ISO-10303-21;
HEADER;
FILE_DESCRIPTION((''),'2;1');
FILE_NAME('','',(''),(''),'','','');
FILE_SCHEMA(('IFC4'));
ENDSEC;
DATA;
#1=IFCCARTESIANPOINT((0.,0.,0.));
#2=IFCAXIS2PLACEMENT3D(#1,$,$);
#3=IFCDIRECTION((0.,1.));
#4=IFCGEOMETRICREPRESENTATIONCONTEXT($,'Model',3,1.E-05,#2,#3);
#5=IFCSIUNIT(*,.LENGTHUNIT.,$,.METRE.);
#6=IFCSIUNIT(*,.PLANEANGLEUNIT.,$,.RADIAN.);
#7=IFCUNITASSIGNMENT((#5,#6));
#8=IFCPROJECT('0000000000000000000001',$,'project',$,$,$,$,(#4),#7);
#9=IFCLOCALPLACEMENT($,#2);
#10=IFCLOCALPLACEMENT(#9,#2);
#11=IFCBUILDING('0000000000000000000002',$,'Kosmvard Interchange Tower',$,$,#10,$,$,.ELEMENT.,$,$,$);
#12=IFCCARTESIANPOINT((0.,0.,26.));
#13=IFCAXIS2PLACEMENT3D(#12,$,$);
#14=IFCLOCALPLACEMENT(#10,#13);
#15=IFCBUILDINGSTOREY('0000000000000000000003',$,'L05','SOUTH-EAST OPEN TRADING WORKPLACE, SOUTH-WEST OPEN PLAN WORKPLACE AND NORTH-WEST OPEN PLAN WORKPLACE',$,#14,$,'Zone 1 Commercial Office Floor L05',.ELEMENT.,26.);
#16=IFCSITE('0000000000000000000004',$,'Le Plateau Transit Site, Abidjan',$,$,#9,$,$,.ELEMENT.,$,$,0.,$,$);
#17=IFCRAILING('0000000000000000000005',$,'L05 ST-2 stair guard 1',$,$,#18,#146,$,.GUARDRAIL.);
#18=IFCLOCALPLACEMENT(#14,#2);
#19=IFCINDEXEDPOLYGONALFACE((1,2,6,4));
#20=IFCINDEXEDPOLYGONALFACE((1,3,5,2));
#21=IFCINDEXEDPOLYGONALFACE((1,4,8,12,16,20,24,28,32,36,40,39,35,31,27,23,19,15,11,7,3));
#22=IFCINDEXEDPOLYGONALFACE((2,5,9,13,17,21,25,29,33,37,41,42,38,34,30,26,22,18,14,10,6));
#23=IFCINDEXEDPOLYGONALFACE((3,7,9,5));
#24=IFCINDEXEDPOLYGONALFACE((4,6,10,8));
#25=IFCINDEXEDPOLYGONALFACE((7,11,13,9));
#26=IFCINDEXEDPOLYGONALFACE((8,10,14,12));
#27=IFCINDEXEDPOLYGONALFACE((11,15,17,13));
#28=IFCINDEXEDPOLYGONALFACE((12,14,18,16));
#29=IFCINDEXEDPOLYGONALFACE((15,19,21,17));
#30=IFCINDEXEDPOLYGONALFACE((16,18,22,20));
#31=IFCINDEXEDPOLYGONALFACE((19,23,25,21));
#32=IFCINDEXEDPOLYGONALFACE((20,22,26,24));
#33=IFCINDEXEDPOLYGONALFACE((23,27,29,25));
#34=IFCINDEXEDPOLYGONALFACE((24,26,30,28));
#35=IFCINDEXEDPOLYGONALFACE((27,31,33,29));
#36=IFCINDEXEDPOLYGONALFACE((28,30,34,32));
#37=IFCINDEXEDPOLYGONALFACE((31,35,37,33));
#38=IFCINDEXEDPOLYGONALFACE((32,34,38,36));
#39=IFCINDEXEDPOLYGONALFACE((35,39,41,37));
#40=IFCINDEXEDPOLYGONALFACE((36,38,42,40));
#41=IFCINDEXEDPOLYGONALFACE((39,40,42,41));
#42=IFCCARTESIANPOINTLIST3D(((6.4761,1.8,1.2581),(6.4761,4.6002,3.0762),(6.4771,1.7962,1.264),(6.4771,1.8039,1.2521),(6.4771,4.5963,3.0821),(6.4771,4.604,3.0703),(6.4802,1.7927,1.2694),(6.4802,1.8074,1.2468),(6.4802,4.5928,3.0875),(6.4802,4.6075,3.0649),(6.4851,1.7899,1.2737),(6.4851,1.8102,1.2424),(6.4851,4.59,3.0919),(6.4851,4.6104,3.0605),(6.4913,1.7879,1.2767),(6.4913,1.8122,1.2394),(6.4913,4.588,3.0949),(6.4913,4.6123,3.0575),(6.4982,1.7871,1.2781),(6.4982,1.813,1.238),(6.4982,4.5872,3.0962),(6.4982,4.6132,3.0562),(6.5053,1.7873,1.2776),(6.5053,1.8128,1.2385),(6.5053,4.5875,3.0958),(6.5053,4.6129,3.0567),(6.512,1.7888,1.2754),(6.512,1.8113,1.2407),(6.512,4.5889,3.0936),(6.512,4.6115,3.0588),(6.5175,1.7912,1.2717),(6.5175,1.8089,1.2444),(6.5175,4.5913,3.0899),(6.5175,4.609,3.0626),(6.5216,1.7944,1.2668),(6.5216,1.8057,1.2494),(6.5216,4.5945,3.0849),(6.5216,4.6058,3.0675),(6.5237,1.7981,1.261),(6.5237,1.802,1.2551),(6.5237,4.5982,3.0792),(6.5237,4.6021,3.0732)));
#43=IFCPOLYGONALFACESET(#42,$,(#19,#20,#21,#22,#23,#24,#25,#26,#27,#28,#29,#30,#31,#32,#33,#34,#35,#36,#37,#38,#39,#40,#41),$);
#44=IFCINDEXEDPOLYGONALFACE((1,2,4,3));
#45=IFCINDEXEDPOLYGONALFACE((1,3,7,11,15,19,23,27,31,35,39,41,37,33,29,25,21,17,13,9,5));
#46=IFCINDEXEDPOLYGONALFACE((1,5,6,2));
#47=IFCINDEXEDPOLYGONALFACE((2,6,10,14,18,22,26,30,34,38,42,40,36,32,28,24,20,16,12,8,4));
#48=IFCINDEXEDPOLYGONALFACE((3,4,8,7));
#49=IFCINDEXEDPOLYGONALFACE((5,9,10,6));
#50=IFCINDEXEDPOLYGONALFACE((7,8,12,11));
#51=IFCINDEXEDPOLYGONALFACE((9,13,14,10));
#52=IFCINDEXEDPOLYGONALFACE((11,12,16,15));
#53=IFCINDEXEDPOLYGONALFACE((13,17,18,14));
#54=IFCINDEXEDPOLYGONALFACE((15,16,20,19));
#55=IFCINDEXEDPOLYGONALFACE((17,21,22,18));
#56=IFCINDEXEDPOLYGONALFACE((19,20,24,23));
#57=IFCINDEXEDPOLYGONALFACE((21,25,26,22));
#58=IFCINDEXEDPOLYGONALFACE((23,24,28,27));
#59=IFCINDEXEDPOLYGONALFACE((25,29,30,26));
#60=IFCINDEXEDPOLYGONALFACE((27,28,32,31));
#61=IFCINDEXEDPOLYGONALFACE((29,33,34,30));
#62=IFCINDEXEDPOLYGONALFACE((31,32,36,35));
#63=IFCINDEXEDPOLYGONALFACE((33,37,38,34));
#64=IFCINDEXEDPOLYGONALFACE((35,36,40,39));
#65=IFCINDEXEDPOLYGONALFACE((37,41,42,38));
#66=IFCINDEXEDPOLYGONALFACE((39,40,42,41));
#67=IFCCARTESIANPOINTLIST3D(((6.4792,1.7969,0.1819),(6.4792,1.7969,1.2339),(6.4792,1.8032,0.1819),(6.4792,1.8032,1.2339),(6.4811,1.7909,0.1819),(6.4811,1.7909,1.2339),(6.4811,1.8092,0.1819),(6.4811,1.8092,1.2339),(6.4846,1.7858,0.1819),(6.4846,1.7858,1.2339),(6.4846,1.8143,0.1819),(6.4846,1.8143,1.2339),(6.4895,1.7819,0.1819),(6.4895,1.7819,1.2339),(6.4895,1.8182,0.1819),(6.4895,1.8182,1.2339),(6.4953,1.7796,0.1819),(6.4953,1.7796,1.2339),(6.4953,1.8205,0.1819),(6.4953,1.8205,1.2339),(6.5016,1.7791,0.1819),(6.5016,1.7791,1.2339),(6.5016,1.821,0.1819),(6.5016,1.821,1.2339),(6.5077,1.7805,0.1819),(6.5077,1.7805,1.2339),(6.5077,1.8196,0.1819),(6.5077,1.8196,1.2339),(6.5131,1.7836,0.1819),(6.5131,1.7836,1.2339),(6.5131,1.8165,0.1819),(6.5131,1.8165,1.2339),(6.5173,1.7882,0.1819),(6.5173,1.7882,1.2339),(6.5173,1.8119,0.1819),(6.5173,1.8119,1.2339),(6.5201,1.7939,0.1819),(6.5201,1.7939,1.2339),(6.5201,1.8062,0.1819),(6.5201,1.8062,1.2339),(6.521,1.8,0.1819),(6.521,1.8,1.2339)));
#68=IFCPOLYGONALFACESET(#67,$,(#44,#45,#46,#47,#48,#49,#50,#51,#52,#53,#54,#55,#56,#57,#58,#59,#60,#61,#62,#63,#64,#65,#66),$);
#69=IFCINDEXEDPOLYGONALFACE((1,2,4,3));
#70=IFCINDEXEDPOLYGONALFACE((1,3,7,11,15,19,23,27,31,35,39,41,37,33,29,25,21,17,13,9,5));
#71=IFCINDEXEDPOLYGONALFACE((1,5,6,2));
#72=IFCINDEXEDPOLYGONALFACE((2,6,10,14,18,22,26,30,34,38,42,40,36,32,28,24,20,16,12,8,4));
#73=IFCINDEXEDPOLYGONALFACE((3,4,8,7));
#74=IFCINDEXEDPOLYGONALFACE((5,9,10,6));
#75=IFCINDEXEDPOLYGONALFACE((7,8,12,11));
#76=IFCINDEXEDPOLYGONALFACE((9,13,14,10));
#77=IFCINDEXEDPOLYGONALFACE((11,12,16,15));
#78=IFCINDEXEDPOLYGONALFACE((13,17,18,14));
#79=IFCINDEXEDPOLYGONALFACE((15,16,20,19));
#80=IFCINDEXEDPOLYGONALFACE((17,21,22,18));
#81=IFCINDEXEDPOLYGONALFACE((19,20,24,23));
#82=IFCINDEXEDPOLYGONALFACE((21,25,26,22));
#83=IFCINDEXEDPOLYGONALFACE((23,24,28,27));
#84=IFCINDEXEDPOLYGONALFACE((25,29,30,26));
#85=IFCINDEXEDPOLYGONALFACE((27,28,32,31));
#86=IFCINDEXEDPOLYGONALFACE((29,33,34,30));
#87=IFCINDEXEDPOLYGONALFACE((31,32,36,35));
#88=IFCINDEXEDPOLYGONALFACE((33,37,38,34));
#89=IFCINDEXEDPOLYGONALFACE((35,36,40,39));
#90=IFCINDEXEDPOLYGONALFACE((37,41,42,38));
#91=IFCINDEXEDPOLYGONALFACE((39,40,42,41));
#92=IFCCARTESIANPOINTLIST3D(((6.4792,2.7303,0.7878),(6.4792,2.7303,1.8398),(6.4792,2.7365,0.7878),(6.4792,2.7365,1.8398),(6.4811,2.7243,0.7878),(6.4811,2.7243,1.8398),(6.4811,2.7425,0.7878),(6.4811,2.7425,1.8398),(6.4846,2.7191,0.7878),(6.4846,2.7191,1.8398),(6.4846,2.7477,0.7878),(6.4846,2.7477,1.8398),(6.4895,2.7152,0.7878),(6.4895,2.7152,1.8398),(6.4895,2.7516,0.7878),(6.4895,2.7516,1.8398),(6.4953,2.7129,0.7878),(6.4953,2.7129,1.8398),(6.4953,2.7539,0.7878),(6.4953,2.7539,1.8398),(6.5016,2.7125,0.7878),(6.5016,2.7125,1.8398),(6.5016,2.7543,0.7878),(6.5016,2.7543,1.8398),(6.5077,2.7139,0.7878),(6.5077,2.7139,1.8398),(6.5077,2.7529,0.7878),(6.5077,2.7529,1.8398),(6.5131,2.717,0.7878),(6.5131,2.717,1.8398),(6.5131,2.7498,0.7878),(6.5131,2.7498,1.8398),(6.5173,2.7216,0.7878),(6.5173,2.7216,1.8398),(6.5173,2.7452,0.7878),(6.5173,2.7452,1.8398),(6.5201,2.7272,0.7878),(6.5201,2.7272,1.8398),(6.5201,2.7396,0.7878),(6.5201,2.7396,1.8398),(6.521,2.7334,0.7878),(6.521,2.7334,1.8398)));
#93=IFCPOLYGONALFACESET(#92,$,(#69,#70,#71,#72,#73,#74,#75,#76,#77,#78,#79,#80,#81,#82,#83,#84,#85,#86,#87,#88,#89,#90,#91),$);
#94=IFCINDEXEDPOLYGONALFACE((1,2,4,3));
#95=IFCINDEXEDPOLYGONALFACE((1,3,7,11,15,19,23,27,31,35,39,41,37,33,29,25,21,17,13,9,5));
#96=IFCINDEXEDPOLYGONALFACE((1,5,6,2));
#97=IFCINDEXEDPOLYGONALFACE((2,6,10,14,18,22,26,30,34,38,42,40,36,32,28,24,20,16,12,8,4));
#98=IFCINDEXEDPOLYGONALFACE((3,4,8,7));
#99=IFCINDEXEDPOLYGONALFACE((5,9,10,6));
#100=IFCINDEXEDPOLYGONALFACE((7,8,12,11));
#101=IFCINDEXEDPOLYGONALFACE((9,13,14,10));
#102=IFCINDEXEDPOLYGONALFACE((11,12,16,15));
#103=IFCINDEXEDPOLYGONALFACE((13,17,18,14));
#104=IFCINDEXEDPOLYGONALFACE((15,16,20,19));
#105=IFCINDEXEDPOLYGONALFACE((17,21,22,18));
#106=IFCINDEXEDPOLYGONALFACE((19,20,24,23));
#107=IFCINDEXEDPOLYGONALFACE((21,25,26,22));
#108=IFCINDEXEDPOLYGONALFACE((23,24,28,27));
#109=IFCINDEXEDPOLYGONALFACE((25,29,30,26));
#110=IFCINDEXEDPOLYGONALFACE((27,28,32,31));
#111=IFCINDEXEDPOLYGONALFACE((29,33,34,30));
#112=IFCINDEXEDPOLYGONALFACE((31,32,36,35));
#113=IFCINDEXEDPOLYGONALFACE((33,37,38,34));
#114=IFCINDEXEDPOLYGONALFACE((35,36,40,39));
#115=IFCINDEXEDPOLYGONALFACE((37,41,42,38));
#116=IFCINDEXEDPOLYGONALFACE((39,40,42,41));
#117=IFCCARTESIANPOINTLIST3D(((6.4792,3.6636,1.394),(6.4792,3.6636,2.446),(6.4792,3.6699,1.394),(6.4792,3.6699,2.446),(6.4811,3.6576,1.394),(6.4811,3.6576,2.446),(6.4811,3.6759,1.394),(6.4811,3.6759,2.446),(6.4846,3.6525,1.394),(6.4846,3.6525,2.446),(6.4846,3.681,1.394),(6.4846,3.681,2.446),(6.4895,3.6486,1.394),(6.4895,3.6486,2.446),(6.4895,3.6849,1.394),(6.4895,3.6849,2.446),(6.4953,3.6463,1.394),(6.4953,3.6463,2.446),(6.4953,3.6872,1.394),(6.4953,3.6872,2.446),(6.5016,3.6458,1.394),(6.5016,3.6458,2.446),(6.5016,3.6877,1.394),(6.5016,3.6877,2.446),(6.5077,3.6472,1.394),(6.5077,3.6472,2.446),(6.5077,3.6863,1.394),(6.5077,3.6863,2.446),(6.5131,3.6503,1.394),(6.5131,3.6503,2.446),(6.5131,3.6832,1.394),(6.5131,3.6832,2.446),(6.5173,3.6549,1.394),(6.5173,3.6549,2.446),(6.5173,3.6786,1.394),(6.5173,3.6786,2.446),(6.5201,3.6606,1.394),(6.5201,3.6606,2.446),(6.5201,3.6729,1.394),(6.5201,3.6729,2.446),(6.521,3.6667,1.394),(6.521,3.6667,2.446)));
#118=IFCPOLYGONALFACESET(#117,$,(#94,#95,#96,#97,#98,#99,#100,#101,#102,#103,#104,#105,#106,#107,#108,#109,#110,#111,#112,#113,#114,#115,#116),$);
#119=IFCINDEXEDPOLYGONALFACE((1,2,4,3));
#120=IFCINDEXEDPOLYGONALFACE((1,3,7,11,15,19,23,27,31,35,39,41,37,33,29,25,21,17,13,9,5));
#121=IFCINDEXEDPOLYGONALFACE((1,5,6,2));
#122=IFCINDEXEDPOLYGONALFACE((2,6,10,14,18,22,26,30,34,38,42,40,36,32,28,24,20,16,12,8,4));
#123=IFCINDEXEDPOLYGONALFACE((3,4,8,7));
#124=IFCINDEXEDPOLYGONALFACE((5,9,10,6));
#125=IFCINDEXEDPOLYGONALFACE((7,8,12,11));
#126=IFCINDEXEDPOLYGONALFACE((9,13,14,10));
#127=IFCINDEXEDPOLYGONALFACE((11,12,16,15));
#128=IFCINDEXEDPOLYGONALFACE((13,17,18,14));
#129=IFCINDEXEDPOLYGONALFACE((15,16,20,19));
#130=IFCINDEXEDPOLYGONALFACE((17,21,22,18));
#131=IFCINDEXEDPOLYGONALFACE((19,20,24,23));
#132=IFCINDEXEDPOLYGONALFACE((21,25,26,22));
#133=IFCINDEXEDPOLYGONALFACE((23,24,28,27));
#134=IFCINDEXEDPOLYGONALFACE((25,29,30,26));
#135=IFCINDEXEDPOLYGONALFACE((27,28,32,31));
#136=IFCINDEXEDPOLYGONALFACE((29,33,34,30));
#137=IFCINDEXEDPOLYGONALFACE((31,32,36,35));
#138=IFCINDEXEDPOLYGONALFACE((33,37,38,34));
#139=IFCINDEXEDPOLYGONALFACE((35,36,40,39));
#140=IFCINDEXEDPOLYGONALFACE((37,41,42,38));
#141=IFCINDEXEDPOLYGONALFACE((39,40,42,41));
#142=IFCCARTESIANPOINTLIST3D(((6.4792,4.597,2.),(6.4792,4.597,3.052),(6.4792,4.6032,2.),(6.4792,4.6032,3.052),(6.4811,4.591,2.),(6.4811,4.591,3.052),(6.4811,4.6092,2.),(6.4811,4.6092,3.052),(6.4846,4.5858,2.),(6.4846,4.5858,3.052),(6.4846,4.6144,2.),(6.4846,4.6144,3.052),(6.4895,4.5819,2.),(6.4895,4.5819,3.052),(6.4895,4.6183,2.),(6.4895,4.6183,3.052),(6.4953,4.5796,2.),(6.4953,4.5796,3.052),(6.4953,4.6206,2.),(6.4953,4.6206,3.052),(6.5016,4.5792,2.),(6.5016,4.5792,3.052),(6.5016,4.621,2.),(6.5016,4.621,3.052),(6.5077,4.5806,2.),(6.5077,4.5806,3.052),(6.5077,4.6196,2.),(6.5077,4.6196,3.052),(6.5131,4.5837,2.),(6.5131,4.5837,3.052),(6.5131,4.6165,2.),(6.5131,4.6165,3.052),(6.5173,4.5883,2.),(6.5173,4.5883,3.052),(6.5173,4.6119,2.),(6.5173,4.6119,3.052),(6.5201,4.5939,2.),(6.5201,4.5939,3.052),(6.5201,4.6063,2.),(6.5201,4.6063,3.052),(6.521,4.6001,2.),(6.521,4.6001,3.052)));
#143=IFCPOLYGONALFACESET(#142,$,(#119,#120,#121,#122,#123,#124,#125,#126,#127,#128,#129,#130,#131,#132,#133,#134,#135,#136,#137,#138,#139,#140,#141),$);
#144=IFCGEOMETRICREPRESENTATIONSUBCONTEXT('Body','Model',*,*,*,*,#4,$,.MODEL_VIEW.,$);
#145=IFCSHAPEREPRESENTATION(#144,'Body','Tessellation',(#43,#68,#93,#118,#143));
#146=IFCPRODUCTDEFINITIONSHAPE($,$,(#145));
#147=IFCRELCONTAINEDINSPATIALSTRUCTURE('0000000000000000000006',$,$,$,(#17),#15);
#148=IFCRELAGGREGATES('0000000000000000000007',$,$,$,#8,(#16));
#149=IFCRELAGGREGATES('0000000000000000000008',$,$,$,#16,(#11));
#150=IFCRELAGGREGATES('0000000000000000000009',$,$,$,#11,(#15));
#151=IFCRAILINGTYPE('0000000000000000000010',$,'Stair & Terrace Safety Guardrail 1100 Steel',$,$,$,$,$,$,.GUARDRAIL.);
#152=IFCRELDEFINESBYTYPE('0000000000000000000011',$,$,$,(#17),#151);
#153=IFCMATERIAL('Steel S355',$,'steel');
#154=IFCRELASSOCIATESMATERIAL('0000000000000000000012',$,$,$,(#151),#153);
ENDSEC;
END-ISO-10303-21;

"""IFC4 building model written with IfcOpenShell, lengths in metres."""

from ifc_helpers import new_model, si_unit, direction, frame, origin, origin_2d, place, context, subcontext, project, spatial, circle, extrude, source, transform, mapped, material, type_object, element, save


model = new_model("IFC4")

# Units and contexts
model_context = context("Model", 3, precision=1e-05, world=origin(), true_north=direction((0.0, 1.0)))
body_context = subcontext(model_context, "Body", "Model", "MODEL_VIEW")
ifc_project = project(units=[si_unit("LENGTHUNIT", "METRE"), si_unit("PLANEANGLEUNIT", "RADIAN")], contexts=[model_context])

# Site, building, storey
site_placement = place(None, origin())
site = spatial("IfcSite", under=ifc_project, at=site_placement, Name="Le Plateau Transit Site, Abidjan", CompositionType="ELEMENT", RefElevation=0.0)
building_placement = place(site_placement, origin())
building = spatial("IfcBuilding", under=site, at=building_placement, Name="Kosmvard Interchange Tower", CompositionType="ELEMENT")
storey_placement = place(building_placement, frame((0.0, 0.0, 26.0)))
storey = spatial("IfcBuildingStorey", under=building, at=storey_placement, Name="L05", Description="SOUTH-EAST OPEN TRADING WORKPLACE, SOUTH-WEST OPEN PLAN WORKPLACE AND NORTH-WEST OPEN PLAN WORKPLACE", LongName="Zone 1 Commercial Office Floor L05", CompositionType="ELEMENT", Elevation=26.0)

# Railing
ifc_material_1 = material(Name="Steel S355", Category="steel")
railing_type_1 = type_object("IfcRailingType", Name="Stair & Terrace Safety Guardrail 1100 Steel", PredefinedType="GUARDRAIL", material=ifc_material_1)
shared_shape_1 = source(origin(), body_context, "Body", "SweptSolid", [
    extrude(circle(Radius=0.0239, at=origin_2d()), frame((0.0, 0.0, 1.0762), z_axis=(0.0, 0.838706, 0.544585), x_axis=(-1.0, 0.0, 0.0)), (0.0, 0.0, 1.0), 3.3386),
    extrude(circle(Radius=0.021, at=origin_2d()), origin(), (0.0, 0.0, 1.0), 1.052),
    extrude(circle(Radius=0.021, at=origin_2d()), frame((0.0, 0.9333, 0.606)), (0.0, 0.0, 1.0), 1.052),
    extrude(circle(Radius=0.021, at=origin_2d()), frame((0.0, 1.8667, 1.2122)), (0.0, 0.0, 1.0), 1.052),
    extrude(circle(Radius=0.021, at=origin_2d()), frame((0.0, 2.8, 1.8181)), (0.0, 0.0, 1.0), 1.052),
])
railing_1_placement = place(storey_placement, frame((6.5, 1.8, 0.1819)))
element("IfcRailing", 1, at=railing_1_placement, inside=storey, type_object=railing_type_1, Name="L05 ST-2 stair guard 1", PredefinedType="GUARDRAIL", context=body_context, shape_type="MappedRepresentation", body=[
    mapped(shared_shape_1, transform((0.0, 0.0, 0.0), scale=1.0)),
])

save(model, "model.ifc")
